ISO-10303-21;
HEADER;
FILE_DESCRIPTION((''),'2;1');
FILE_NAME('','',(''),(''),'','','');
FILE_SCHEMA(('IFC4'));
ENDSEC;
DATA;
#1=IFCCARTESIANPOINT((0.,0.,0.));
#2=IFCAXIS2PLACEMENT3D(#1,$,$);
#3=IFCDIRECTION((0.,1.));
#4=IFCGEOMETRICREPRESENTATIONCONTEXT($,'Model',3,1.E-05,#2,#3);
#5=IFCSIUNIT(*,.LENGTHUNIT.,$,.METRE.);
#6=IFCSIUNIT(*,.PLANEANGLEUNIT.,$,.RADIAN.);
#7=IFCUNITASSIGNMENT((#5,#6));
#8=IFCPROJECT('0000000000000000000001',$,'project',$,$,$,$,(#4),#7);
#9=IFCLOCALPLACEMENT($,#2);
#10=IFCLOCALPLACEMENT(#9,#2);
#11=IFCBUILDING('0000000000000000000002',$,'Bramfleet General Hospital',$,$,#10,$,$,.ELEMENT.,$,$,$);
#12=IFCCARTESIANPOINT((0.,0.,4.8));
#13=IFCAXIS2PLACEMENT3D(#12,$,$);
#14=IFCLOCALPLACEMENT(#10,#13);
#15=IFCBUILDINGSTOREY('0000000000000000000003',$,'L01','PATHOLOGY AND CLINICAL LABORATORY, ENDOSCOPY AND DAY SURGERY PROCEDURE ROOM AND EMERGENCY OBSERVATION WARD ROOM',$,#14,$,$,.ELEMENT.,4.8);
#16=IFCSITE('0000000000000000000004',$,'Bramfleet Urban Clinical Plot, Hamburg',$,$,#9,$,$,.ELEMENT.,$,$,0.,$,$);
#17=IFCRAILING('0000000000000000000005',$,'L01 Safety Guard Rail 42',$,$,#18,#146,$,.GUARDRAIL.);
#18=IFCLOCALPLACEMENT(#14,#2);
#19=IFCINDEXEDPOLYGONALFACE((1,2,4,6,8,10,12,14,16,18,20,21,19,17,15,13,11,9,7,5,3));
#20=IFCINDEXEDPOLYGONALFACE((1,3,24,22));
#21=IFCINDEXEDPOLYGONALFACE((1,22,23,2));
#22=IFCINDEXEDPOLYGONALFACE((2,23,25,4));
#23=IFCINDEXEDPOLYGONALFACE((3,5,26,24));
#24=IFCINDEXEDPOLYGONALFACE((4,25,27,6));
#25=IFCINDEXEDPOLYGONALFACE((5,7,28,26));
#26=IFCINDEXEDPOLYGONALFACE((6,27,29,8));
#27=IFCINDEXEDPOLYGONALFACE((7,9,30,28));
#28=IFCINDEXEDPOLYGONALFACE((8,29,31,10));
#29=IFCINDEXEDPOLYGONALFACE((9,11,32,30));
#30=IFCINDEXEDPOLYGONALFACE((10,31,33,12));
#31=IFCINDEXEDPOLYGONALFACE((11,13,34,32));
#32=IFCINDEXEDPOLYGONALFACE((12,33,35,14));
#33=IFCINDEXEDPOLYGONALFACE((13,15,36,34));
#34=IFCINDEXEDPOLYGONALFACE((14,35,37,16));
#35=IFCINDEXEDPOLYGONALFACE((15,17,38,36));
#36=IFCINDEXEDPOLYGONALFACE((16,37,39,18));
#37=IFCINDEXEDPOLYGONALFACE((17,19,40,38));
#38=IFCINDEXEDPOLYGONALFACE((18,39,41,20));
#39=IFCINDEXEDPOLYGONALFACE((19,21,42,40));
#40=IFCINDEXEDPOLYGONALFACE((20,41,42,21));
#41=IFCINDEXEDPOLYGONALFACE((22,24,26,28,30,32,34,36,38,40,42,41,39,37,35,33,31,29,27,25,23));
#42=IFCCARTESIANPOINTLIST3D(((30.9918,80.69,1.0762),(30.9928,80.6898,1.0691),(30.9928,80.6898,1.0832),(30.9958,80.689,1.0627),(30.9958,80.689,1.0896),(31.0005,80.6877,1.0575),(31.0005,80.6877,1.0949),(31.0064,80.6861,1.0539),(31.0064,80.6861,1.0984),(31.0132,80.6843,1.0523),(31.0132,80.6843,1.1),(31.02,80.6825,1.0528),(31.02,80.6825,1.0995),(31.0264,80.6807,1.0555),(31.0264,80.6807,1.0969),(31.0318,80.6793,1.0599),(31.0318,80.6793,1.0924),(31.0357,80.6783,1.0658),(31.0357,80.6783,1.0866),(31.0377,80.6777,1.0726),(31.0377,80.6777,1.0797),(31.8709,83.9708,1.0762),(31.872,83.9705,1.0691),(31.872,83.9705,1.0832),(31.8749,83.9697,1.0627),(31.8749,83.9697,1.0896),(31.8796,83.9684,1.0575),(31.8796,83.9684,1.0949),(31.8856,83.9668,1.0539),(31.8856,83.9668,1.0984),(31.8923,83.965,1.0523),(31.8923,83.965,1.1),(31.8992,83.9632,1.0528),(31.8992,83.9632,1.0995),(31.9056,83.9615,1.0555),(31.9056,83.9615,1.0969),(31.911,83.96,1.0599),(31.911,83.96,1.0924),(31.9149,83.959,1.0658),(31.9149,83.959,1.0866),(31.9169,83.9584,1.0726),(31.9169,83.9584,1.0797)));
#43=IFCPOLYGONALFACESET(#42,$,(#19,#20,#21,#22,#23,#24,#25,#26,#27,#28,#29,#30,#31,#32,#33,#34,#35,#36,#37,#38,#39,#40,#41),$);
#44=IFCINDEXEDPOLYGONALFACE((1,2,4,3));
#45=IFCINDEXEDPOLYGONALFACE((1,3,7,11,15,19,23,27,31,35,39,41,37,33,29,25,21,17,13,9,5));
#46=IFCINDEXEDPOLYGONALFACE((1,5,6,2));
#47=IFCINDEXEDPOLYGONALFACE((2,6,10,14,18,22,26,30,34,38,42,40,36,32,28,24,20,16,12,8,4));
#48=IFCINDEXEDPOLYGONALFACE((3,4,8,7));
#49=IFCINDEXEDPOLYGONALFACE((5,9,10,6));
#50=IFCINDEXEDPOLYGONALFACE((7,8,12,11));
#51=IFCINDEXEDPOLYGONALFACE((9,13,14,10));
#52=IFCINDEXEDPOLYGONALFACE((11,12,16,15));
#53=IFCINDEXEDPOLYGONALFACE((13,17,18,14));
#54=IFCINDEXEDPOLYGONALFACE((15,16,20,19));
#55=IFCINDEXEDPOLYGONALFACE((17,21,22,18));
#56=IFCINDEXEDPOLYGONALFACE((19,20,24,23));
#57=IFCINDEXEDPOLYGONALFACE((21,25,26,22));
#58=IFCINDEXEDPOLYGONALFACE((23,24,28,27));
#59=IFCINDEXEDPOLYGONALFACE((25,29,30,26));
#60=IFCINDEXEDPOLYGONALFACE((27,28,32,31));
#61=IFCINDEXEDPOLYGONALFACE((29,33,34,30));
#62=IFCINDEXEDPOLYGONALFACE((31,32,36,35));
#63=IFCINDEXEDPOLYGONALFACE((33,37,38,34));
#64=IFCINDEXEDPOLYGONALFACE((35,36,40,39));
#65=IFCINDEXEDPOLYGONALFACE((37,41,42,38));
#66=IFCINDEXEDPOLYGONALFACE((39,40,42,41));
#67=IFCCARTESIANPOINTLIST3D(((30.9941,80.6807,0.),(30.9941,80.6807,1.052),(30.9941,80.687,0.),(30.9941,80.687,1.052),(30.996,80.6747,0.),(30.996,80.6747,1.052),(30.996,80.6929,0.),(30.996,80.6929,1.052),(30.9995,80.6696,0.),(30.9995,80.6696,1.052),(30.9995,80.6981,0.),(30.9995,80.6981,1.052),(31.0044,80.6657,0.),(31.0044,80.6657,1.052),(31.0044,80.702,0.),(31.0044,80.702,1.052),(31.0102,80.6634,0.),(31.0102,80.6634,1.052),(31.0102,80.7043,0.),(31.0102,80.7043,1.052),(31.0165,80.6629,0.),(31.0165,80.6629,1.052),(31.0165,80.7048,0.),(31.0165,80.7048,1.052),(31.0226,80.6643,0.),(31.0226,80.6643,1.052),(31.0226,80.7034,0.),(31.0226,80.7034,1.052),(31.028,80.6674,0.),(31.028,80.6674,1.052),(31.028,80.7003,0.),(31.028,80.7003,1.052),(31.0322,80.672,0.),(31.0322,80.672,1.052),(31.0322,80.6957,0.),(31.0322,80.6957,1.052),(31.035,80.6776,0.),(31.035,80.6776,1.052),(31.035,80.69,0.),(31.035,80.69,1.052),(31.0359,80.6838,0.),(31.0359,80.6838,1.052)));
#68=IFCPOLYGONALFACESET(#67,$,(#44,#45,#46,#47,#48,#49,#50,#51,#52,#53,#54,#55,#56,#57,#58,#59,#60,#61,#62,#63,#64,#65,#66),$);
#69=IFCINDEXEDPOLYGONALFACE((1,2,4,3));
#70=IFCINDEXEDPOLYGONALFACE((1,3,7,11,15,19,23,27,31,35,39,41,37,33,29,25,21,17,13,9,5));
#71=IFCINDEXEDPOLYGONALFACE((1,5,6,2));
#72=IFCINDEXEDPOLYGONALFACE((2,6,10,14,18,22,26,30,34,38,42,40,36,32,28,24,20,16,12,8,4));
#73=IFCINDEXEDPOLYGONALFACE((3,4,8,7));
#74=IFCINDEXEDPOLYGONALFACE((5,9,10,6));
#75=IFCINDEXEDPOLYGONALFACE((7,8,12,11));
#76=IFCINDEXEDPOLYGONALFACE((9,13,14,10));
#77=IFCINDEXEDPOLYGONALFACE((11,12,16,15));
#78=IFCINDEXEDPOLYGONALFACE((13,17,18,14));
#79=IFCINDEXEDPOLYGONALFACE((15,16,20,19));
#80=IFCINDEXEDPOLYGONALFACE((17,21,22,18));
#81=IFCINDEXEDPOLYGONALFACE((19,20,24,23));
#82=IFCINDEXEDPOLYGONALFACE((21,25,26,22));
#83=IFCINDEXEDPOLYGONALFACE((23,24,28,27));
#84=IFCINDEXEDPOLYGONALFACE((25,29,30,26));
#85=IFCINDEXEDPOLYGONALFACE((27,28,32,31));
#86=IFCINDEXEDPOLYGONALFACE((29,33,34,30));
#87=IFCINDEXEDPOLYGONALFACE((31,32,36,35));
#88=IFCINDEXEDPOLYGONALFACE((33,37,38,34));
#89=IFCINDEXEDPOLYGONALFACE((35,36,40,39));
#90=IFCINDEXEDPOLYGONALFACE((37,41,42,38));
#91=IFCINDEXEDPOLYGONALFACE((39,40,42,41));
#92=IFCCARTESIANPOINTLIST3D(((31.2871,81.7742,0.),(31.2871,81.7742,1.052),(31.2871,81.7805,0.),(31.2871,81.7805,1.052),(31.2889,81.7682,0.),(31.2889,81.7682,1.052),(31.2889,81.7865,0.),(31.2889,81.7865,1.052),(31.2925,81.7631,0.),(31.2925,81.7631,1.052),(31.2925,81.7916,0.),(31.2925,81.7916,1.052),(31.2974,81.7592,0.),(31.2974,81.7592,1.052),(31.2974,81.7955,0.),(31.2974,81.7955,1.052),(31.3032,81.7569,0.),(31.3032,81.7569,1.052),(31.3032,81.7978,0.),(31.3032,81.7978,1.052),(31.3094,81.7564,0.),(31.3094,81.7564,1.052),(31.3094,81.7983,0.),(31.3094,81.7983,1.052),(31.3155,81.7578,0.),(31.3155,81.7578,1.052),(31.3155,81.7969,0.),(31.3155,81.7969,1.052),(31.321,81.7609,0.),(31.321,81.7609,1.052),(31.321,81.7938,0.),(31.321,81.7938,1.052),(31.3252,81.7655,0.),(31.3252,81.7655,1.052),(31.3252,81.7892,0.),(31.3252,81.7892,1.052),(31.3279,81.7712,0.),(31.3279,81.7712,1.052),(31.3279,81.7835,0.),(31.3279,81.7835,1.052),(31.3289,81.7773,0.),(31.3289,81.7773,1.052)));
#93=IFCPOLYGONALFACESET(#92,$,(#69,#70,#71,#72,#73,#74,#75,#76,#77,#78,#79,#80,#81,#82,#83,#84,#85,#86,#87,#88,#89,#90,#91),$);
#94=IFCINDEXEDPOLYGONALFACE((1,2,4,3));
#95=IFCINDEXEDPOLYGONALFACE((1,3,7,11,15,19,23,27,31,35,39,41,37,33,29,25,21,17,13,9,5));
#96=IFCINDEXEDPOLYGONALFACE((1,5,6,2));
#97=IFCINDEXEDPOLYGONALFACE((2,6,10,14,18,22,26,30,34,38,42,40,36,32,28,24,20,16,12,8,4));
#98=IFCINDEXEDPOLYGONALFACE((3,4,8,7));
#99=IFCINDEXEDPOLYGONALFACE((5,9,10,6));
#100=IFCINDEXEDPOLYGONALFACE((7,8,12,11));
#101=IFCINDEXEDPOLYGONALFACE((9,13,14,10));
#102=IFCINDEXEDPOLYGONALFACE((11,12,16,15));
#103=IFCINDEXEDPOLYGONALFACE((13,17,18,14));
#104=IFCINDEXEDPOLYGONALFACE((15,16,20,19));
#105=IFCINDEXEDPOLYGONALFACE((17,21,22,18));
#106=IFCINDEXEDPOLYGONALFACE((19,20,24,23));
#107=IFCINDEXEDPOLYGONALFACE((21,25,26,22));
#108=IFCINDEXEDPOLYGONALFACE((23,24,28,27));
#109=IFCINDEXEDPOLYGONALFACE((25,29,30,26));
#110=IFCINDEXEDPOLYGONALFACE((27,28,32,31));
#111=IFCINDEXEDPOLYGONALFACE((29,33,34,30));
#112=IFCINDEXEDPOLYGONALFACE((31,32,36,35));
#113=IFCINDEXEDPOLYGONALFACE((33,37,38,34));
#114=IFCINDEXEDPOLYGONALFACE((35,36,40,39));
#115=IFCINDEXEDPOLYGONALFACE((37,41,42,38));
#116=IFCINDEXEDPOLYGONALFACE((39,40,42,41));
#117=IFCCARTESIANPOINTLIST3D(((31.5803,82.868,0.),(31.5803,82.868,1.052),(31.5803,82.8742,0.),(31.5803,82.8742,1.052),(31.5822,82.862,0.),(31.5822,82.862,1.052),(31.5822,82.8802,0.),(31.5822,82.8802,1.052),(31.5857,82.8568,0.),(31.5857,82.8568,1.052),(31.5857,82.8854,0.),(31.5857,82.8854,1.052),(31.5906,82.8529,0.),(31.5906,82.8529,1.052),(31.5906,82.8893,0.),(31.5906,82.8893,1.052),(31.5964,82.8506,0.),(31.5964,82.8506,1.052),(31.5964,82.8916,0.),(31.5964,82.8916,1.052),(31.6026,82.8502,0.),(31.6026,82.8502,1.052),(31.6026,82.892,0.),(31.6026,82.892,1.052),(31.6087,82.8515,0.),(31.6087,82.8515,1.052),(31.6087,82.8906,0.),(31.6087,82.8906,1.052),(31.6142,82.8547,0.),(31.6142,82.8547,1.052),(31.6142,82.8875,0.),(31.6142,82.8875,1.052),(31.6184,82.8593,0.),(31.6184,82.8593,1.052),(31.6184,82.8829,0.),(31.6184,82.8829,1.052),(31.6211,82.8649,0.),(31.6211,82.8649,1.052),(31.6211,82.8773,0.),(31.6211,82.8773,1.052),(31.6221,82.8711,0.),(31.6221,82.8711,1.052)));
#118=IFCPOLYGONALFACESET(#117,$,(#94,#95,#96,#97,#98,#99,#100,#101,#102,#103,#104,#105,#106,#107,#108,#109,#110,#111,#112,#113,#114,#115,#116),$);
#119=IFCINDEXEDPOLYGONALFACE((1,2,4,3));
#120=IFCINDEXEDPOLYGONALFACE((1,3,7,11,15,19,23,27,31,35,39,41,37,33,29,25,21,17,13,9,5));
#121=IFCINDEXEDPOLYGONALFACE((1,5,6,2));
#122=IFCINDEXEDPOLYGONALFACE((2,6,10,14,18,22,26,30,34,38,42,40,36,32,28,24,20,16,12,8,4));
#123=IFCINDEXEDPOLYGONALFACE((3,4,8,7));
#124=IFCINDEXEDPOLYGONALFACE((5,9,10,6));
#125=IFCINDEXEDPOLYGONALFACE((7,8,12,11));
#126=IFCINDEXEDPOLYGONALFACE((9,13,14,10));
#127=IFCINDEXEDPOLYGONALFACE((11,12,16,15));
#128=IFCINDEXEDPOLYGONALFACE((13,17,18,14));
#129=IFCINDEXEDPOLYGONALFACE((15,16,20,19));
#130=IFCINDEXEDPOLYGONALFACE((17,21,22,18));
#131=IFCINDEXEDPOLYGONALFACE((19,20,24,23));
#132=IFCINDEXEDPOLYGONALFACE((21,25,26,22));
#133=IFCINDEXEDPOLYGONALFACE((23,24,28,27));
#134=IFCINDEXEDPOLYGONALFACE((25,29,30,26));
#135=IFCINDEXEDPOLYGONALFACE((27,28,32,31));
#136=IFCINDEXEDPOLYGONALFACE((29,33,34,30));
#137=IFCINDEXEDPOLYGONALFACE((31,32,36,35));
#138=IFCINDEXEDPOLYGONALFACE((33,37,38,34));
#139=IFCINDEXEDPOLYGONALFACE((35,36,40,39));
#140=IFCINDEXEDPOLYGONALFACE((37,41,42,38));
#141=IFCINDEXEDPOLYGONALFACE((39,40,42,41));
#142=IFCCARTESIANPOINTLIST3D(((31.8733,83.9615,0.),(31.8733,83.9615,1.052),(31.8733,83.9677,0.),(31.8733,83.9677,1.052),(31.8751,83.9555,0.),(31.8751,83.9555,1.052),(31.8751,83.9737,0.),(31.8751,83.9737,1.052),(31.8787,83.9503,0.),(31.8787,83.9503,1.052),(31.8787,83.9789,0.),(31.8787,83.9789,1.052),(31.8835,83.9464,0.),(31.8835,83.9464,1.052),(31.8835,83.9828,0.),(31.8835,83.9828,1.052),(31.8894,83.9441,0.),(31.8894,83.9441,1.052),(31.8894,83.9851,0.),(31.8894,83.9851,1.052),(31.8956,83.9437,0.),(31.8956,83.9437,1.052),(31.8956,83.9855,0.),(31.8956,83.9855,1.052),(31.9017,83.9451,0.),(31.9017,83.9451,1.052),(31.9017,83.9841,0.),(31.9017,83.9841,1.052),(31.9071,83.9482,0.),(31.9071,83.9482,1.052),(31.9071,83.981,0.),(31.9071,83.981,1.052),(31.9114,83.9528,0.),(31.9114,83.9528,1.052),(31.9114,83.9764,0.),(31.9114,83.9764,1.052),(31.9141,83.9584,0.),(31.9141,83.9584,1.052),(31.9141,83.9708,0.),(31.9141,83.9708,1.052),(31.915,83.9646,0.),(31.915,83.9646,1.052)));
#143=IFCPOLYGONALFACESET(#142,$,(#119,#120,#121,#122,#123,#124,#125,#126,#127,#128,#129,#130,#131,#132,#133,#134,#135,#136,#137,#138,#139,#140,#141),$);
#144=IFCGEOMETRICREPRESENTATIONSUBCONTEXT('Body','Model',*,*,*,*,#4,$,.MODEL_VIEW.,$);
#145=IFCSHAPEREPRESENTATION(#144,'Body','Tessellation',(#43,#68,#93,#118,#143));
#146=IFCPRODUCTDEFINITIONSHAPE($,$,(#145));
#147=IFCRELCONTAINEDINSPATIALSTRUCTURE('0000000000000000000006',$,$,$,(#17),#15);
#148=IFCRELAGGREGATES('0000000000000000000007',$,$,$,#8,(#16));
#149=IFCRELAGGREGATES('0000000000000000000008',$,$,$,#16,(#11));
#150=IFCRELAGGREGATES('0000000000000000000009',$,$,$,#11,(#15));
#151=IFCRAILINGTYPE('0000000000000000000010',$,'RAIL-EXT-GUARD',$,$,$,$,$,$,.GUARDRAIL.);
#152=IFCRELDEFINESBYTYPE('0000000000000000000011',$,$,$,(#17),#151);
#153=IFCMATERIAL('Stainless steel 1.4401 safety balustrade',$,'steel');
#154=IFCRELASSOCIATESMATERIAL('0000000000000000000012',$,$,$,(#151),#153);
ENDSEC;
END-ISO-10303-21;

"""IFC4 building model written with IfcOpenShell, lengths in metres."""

from ifc_helpers import new_model, si_unit, direction, frame, origin, origin_2d, place, context, subcontext, project, spatial, circle, extrude, material, type_object, element, save


model = new_model("IFC4")

# Units and contexts
model_context = context("Model", 3, precision=1e-05, world=origin(), true_north=direction((0.0, 1.0)))
body_context = subcontext(model_context, "Body", "Model", "MODEL_VIEW")
ifc_project = project(units=[si_unit("LENGTHUNIT", "METRE"), si_unit("PLANEANGLEUNIT", "RADIAN")], contexts=[model_context])

# Site, building, storey
site_placement = place(None, origin())
site = spatial("IfcSite", under=ifc_project, at=site_placement, Name="Bramfleet Urban Clinical Plot, Hamburg", CompositionType="ELEMENT", RefElevation=0.0)
building_placement = place(site_placement, origin())
building = spatial("IfcBuilding", under=site, at=building_placement, Name="Bramfleet General Hospital", CompositionType="ELEMENT")
storey_placement = place(building_placement, frame((0.0, 0.0, 4.8)))
storey = spatial("IfcBuildingStorey", under=building, at=storey_placement, Name="L01", Description="PATHOLOGY AND CLINICAL LABORATORY, ENDOSCOPY AND DAY SURGERY PROCEDURE ROOM AND EMERGENCY OBSERVATION WARD ROOM", CompositionType="ELEMENT", Elevation=4.8)

# Railing
ifc_material_1 = material(Name="Stainless steel 1.4401 safety balustrade", Category="steel")
railing_type = type_object("IfcRailingType", Name="RAIL-EXT-GUARD", PredefinedType="GUARDRAIL", material=ifc_material_1)
railing_placement = place(storey_placement, frame((31.0149, 80.6838, 0.0)))
element("IfcRailing", 1, at=railing_placement, inside=storey, type_object=railing_type, Name="L01 Safety Guard Rail 42", PredefinedType="GUARDRAIL", context=body_context, shape_type="SweptSolid", body=[
    extrude(circle(Radius=0.0239, at=origin_2d()), frame((0.0, 0.0, 1.0762), z_axis=(0.258839, 0.96592, 0.0), x_axis=(-0.96592, 0.258839, 0.0)), (0.0, 0.0, 1.0), 3.3965),
    extrude(circle(Radius=0.021, at=origin_2d()), origin(), (0.0, 0.0, 1.0), 1.052),
    extrude(circle(Radius=0.021, at=origin_2d()), frame((0.293, 1.0935, 0.0)), (0.0, 0.0, 1.0), 1.052),
    extrude(circle(Radius=0.021, at=origin_2d()), frame((0.5862, 2.1873, 0.0)), (0.0, 0.0, 1.0), 1.052),
    extrude(circle(Radius=0.021, at=origin_2d()), frame((0.8792, 3.2808, 0.0)), (0.0, 0.0, 1.0), 1.052),
])

save(model, "model.ifc")
